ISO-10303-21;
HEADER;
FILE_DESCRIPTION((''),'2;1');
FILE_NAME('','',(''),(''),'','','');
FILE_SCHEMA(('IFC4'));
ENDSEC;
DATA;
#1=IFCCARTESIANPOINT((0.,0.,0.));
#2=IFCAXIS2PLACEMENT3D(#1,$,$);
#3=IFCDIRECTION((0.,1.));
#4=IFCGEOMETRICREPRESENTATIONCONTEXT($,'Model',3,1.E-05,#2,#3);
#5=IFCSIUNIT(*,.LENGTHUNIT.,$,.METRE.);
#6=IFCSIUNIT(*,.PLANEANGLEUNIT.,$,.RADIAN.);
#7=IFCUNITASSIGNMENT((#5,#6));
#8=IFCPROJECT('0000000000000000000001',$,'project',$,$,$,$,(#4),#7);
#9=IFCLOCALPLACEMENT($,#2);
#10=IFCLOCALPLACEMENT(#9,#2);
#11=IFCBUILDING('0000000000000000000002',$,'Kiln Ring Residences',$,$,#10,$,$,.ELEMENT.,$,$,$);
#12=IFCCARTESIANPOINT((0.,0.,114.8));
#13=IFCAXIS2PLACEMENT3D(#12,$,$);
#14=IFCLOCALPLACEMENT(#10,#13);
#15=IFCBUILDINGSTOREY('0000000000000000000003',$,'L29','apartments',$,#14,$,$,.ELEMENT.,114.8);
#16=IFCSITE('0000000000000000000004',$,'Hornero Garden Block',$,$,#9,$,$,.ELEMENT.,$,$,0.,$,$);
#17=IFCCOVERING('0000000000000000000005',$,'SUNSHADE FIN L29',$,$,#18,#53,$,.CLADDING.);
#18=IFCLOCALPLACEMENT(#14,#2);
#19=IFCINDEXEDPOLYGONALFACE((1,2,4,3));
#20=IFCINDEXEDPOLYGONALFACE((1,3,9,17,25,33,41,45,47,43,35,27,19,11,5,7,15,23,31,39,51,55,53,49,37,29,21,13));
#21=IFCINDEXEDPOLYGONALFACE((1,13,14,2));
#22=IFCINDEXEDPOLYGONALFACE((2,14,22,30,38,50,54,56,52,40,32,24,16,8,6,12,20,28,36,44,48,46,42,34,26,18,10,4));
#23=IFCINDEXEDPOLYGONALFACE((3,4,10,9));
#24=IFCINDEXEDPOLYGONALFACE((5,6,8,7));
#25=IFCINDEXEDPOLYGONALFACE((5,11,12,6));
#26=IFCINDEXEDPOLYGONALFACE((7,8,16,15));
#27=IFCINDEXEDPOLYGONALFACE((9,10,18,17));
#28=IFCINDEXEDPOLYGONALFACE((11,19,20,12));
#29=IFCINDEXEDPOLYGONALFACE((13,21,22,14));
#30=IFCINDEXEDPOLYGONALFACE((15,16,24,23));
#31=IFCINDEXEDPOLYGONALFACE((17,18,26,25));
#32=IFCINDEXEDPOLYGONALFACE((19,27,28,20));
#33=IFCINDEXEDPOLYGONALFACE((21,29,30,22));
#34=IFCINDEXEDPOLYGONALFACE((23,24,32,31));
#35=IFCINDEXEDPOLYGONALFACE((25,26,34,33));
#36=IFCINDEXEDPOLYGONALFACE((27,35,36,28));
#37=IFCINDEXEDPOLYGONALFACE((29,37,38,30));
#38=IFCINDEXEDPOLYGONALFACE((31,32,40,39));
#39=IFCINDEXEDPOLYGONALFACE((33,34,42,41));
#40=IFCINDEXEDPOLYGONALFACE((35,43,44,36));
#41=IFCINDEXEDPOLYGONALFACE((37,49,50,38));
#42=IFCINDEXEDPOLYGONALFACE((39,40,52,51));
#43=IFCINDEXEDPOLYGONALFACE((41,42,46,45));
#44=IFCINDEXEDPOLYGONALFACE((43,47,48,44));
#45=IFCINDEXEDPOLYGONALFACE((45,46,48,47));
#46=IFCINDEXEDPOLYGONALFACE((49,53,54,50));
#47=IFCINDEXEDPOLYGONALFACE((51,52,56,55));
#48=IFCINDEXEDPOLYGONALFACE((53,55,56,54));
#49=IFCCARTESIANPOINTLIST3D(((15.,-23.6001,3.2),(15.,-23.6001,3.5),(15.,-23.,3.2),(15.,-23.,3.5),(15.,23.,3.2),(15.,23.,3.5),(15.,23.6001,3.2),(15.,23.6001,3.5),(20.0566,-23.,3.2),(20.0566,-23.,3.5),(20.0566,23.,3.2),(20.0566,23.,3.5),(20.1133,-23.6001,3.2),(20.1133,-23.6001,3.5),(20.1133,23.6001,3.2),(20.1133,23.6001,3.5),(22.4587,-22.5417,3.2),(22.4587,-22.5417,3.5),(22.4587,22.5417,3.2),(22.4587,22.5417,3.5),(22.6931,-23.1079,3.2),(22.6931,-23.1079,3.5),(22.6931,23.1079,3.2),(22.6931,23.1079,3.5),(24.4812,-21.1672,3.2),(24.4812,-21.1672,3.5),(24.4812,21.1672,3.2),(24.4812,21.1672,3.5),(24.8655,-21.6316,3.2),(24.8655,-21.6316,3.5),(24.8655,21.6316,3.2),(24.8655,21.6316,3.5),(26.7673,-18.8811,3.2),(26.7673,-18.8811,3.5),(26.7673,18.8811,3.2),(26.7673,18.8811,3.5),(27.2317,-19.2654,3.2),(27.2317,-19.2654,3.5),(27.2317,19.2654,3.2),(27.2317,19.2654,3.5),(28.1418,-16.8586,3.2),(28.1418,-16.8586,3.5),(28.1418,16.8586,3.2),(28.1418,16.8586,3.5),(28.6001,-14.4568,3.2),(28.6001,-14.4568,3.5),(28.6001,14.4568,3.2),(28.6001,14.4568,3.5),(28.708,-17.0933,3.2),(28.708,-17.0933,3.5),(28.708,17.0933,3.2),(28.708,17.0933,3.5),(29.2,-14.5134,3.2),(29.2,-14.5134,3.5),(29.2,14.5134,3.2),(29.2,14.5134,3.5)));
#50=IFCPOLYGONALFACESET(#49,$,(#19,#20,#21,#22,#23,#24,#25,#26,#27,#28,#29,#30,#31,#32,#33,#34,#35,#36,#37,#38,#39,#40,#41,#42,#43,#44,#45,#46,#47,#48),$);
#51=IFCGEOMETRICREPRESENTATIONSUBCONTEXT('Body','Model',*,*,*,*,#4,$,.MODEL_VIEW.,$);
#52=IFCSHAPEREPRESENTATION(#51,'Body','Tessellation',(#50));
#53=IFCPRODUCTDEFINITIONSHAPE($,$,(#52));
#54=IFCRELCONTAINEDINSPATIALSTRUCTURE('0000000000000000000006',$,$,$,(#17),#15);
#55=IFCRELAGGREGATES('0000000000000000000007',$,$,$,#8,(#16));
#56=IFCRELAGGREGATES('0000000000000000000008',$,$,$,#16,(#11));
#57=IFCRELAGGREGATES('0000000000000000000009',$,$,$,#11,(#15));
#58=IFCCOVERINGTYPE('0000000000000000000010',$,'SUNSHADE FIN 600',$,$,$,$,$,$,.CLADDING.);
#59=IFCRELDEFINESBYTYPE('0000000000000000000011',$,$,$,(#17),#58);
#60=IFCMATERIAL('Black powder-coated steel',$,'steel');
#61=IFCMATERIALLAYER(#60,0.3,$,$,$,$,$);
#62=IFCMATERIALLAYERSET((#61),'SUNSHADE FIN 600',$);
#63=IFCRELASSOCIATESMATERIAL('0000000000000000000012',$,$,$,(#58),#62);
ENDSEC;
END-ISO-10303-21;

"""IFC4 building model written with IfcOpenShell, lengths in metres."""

from ifc_helpers import new_model, si_unit, direction, frame, origin, place, context, subcontext, project, spatial, polyline, outline, extrude, material, layer, layer_set, type_object, element, save


model = new_model("IFC4")

# Units and contexts
model_context = context("Model", 3, precision=1e-05, world=origin(), true_north=direction((0.0, 1.0)))
body_context = subcontext(model_context, "Body", "Model", "MODEL_VIEW")
ifc_project = project(units=[si_unit("LENGTHUNIT", "METRE"), si_unit("PLANEANGLEUNIT", "RADIAN")], contexts=[model_context])

# Site, building, storey
site_placement = place(None, origin())
site = spatial("IfcSite", under=ifc_project, at=site_placement, Name="Hornero Garden Block", CompositionType="ELEMENT", RefElevation=0.0)
building_placement = place(site_placement, origin())
building = spatial("IfcBuilding", under=site, at=building_placement, Name="Kiln Ring Residences", CompositionType="ELEMENT")
storey_placement = place(building_placement, frame((0.0, 0.0, 114.8)))
storey = spatial("IfcBuildingStorey", under=building, at=storey_placement, Name="L29", Description="apartments", CompositionType="ELEMENT", Elevation=114.8)

# Covering
ifc_material_1 = material(Name="Black powder-coated steel", Category="steel")
ifc_layer_1 = layer(ifc_material_1, 0.3)
ifc_layer_set_1 = layer_set([ifc_layer_1], Name="SUNSHADE FIN 600")
covering_type = type_object("IfcCoveringType", Name="SUNSHADE FIN 600", PredefinedType="CLADDING", material=ifc_layer_set_1)
placement = place(storey_placement, frame((0.0, 0.0, 3.2)))
element("IfcCovering", 1, at=placement, inside=storey, type_object=covering_type, Name="SUNSHADE FIN L29", PredefinedType="CLADDING", context=body_context, shape_type="SweptSolid", body=[
    extrude(outline(polyline([(20.1133, 23.6001), (15.0, 23.6001), (15.0, 23.0), (20.0566, 23.0), (22.4587, 22.5417), (24.4812, 21.1672), (26.7673, 18.8811), (28.1418, 16.8586), (28.6001, 14.4568), (28.6001, -14.4568), (28.1418, -16.8586), (26.7673, -18.8811), (24.4812, -21.1672), (22.4587, -22.5417), (20.0566, -23.0), (15.0, -23.0), (15.0, -23.6001), (20.1133, -23.6001), (22.6931, -23.1079), (24.8655, -21.6316), (27.2317, -19.2654), (28.708, -17.0933), (29.2, -14.5134), (29.2, 14.5134), (28.708, 17.0933), (27.2317, 19.2654), (24.8655, 21.6316), (22.6931, 23.1079), (20.1133, 23.6001)])), origin(), (0.0, 0.0, 1.0), 0.3),
])

save(model, "model.ifc")
